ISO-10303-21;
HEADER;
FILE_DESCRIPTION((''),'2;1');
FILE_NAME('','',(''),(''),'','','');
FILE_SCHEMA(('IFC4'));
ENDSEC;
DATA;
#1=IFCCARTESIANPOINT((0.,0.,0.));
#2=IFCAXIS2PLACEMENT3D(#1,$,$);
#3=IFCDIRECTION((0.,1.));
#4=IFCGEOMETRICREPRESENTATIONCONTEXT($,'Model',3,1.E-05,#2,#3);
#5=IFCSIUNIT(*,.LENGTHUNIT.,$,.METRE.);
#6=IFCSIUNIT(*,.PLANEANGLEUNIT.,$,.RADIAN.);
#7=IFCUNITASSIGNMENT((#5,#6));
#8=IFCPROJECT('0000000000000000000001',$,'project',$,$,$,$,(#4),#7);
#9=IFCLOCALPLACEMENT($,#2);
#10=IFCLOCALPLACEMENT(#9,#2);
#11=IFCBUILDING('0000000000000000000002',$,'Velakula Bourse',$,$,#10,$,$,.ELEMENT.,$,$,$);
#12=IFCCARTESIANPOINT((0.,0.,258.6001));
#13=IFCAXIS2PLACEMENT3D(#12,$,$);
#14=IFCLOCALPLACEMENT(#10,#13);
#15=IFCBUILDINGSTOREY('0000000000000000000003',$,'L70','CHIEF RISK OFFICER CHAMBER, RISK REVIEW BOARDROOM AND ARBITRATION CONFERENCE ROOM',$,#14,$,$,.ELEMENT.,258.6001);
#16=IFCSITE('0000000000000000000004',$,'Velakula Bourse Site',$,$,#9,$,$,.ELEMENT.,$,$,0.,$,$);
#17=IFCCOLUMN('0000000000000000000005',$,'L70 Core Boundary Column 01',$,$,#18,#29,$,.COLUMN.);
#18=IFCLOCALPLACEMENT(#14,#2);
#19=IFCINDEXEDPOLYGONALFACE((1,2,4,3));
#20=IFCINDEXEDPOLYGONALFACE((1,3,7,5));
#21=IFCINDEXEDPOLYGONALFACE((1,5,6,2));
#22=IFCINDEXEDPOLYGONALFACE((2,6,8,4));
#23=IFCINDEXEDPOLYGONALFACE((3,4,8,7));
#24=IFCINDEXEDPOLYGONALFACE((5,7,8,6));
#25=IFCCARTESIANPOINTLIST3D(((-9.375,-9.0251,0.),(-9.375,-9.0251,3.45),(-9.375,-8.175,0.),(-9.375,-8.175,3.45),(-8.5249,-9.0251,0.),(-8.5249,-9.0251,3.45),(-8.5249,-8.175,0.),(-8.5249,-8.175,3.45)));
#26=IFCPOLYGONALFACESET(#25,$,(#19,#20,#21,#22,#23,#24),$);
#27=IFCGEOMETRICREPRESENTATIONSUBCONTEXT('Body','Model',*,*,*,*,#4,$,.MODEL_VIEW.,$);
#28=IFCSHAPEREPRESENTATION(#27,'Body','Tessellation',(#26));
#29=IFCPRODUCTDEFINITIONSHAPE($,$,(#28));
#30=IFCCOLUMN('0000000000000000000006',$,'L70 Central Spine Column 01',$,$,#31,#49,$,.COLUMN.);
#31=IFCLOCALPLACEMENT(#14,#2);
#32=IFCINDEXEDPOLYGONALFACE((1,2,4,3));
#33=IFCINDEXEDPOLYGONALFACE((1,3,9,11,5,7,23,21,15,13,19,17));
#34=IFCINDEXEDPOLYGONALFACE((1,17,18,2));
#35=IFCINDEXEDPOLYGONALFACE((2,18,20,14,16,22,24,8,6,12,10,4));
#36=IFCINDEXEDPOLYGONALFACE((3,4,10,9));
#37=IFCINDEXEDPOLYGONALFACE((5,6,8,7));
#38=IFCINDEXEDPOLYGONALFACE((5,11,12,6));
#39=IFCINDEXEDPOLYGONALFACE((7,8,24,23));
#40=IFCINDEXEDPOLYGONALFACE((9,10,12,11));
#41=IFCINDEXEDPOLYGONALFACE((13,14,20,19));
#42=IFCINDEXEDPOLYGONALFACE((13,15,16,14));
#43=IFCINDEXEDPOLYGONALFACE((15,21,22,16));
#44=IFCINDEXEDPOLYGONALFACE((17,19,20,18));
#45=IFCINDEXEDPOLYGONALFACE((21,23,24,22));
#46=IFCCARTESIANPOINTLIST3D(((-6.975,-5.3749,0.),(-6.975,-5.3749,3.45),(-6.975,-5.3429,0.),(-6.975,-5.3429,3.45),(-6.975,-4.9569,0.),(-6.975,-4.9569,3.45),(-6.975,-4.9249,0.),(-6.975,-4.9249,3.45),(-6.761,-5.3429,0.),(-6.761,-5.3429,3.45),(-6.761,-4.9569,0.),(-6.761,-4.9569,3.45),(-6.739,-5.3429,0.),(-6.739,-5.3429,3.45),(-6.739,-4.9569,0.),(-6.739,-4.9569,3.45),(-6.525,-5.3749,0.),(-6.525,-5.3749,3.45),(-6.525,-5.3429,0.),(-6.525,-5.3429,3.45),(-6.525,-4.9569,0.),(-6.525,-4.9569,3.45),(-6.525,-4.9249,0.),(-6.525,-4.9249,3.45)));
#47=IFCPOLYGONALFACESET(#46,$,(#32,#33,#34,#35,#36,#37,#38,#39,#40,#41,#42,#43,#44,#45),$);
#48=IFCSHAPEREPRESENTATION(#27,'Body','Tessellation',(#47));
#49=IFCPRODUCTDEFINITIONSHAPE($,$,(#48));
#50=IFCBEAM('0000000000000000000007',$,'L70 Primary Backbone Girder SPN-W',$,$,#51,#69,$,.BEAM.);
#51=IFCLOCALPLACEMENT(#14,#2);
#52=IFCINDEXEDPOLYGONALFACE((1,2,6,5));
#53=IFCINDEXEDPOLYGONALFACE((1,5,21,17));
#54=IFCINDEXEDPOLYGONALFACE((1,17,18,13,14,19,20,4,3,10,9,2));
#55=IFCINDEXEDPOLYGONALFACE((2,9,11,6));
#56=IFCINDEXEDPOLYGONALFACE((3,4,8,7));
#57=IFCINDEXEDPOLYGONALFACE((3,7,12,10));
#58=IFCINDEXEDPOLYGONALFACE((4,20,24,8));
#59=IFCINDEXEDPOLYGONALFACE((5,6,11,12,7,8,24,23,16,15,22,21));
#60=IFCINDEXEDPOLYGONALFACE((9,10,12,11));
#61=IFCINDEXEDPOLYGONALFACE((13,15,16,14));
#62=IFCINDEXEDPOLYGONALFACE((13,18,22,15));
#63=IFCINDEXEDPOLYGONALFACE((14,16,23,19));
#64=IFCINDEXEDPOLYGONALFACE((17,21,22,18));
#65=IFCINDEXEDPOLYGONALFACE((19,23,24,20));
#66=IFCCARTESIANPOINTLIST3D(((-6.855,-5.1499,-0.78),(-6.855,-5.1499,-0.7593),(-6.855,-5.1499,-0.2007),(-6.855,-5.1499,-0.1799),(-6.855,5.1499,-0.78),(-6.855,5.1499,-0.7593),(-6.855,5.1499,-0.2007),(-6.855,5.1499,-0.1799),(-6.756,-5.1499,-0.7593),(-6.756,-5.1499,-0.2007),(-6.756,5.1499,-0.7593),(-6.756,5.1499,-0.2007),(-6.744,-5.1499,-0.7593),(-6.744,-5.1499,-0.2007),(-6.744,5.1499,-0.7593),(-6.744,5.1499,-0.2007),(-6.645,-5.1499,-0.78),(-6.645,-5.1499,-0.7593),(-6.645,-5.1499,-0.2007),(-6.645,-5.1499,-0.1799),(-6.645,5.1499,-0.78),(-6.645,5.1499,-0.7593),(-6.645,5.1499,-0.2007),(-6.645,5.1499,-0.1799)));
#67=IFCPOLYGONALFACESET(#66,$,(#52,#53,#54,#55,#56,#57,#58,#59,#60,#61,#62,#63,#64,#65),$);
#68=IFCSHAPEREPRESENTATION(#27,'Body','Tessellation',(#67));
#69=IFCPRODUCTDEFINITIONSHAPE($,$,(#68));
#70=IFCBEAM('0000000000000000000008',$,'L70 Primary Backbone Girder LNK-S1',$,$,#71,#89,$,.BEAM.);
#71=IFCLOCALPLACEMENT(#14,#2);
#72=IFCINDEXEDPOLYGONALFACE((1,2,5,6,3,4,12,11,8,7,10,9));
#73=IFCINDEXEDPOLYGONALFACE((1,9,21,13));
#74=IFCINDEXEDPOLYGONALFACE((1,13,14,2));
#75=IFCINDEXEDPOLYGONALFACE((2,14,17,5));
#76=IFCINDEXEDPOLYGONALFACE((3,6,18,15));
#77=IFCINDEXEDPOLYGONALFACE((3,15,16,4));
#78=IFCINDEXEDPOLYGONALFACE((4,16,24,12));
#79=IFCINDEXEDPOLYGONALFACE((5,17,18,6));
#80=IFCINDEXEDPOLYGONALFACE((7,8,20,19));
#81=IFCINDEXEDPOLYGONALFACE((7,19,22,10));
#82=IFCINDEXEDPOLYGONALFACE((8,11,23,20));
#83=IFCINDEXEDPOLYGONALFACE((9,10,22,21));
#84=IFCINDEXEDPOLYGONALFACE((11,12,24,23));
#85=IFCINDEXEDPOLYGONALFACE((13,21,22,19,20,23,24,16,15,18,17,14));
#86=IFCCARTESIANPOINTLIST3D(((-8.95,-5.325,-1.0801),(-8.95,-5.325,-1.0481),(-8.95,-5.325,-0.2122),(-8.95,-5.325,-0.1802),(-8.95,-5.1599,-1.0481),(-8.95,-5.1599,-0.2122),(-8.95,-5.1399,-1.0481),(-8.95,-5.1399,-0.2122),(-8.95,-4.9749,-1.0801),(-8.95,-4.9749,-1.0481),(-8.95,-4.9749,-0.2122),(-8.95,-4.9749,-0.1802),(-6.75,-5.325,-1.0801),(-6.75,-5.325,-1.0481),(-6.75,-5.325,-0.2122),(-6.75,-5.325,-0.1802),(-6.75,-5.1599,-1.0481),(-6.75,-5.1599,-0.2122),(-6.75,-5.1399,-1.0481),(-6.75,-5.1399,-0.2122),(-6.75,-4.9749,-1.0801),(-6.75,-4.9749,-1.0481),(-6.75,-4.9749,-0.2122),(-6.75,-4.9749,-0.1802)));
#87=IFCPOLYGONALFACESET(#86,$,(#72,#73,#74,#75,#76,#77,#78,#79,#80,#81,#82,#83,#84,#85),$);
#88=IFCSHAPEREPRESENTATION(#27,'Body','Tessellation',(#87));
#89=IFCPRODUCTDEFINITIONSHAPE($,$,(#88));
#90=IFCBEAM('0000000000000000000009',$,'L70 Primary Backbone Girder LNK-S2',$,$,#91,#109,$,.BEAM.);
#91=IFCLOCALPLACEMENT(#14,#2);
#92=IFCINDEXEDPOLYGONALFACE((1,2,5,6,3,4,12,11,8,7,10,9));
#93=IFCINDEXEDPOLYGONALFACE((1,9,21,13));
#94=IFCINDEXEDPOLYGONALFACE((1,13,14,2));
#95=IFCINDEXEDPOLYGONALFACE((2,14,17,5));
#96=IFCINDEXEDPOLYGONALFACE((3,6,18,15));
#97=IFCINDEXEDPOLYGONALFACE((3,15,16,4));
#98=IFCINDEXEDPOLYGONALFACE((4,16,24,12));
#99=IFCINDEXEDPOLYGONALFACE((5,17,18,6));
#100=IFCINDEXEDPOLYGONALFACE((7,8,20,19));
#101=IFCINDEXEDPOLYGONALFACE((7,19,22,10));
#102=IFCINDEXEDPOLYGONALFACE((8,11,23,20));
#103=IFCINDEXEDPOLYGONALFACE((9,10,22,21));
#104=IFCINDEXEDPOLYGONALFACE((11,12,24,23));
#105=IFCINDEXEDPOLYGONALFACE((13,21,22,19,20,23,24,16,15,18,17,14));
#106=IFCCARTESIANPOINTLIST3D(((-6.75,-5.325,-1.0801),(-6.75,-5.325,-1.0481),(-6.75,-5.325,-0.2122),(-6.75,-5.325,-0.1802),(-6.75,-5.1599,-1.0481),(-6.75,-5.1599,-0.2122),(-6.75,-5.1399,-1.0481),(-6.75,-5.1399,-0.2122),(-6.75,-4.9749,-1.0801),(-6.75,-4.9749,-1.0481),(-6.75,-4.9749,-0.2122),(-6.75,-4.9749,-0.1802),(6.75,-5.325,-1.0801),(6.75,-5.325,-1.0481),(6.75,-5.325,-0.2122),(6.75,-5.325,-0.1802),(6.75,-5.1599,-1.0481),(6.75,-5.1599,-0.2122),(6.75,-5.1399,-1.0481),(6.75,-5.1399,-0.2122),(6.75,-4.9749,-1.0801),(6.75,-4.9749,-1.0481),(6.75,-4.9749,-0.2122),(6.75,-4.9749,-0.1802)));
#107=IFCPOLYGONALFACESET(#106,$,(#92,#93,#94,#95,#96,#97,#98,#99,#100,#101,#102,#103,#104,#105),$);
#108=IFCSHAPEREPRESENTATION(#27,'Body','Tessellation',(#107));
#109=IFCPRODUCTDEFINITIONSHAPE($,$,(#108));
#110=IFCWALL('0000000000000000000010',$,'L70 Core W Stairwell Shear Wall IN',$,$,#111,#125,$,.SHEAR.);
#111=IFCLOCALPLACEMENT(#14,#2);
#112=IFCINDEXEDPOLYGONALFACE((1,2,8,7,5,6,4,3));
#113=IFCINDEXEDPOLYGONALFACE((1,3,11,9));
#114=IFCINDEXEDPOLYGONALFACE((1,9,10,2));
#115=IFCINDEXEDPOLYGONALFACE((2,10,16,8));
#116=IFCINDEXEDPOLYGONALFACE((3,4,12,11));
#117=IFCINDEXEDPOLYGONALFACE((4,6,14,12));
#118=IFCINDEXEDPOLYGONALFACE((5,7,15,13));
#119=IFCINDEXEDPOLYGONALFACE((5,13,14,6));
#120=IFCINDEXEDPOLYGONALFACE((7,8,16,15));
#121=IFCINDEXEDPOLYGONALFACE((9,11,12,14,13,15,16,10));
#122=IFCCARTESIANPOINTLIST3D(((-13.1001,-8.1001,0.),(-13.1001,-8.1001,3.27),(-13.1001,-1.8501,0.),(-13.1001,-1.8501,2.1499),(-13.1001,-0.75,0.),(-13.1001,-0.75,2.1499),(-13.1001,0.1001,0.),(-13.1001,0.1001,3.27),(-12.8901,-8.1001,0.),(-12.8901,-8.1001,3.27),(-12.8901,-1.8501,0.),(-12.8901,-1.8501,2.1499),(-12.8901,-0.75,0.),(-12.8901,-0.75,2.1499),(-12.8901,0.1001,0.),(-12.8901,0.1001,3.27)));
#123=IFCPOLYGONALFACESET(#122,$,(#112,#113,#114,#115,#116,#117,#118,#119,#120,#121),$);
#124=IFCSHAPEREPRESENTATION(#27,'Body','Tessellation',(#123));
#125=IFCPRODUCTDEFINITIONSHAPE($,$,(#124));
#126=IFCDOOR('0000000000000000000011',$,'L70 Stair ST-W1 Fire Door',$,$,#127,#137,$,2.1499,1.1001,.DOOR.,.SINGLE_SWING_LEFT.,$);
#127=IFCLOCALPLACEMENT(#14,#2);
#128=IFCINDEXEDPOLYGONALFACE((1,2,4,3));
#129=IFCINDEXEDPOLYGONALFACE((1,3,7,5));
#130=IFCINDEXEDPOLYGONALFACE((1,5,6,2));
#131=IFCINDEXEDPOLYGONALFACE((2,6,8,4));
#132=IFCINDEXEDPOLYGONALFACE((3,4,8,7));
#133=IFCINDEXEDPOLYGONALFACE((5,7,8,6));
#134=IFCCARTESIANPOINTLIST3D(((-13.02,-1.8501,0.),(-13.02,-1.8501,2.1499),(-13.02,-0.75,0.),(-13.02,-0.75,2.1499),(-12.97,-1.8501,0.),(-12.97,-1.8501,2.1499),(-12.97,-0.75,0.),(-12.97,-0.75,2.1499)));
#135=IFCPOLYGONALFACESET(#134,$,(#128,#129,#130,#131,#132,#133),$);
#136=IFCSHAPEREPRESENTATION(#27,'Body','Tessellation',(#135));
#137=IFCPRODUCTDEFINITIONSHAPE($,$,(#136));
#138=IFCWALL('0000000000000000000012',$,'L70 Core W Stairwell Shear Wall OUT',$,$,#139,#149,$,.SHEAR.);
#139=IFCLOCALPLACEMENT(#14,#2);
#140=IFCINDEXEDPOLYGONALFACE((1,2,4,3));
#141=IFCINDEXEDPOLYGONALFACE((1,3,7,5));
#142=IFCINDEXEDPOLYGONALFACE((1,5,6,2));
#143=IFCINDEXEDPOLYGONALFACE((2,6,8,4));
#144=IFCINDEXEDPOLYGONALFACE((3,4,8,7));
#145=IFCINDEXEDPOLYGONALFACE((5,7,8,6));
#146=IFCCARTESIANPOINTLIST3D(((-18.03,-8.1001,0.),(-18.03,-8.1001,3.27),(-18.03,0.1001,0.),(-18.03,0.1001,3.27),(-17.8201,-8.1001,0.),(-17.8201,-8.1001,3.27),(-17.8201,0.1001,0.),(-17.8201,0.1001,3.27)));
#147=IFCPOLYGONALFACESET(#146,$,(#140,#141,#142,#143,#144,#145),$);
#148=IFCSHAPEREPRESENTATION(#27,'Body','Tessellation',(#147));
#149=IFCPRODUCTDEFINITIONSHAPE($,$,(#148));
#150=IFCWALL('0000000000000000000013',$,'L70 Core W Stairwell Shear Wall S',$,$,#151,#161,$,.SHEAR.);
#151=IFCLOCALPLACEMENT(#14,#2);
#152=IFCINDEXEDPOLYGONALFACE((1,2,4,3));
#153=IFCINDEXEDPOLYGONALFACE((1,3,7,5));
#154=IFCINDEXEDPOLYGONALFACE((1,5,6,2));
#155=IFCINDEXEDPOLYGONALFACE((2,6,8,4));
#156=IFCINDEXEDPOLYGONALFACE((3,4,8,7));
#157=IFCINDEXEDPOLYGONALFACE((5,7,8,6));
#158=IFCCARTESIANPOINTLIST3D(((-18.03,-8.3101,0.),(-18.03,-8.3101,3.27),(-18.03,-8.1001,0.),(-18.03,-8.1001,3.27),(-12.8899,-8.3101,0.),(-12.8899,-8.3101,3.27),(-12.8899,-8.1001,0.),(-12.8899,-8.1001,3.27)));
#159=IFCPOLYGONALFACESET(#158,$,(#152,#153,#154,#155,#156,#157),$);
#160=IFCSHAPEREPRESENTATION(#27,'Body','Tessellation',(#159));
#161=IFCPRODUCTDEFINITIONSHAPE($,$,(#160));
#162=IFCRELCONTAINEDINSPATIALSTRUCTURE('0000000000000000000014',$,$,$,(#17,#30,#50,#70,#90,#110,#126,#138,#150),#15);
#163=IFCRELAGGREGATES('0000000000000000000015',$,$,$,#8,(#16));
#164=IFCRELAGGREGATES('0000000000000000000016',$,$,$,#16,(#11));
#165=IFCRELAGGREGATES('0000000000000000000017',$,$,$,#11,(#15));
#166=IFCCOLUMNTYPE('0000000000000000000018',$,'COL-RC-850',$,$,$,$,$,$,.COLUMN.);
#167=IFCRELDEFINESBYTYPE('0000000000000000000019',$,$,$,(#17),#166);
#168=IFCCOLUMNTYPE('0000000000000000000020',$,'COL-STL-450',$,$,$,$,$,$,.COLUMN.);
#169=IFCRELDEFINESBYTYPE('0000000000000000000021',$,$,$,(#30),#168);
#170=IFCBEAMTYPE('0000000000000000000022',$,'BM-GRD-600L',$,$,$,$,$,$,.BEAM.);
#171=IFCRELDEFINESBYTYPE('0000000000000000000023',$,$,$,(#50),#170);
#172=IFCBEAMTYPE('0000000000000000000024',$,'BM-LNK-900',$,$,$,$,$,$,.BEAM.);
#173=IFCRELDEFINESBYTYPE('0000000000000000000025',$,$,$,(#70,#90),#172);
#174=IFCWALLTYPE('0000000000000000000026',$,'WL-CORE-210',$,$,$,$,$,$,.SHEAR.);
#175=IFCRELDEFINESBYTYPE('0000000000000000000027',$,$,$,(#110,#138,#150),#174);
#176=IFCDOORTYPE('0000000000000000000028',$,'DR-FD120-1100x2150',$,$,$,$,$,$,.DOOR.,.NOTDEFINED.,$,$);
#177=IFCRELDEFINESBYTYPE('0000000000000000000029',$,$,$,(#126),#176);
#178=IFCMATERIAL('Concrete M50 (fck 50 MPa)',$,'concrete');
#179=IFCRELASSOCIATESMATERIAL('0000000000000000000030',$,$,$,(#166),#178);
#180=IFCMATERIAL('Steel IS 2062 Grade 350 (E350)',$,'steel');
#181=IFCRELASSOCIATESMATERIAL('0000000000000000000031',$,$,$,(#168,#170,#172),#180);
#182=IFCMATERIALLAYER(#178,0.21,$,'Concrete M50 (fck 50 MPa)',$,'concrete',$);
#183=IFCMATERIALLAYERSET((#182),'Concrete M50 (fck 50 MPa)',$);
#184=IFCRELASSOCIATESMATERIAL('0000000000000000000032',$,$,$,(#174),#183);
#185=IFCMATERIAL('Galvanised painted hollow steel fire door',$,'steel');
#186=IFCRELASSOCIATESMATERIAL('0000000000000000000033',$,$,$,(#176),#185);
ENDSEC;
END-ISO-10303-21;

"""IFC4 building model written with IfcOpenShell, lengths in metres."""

from ifc_helpers import new_model, si_unit, direction, frame, frame_2d, origin, origin_2d, place, context, subcontext, project, spatial, rectangle, i_section, extrude, material, layer, layer_set, material_profile, profile_set, type_object, element, fill, save


model = new_model("IFC4")

# Units and contexts
model_context = context("Model", 3, precision=1e-05, world=origin(), true_north=direction((0.0, 1.0)))
body_context = subcontext(model_context, "Body", "Model", "MODEL_VIEW")
ifc_project = project(units=[si_unit("LENGTHUNIT", "METRE"), si_unit("PLANEANGLEUNIT", "RADIAN")], contexts=[model_context])

# Site, building, storey
site_placement = place(None, origin())
site = spatial("IfcSite", under=ifc_project, at=site_placement, Name="Velakula Bourse Site", CompositionType="ELEMENT", RefElevation=0.0)
building_placement = place(site_placement, origin())
building = spatial("IfcBuilding", under=site, at=building_placement, Name="Velakula Bourse", CompositionType="ELEMENT")
storey_placement = place(building_placement, frame((0.0, 0.0, 258.6001)))
storey = spatial("IfcBuildingStorey", under=building, at=storey_placement, Name="L70", Description="CHIEF RISK OFFICER CHAMBER, RISK REVIEW BOARDROOM AND ARBITRATION CONFERENCE ROOM", CompositionType="ELEMENT", Elevation=258.6001)

# Columns
ifc_material_1 = material(Name="Concrete M50 (fck 50 MPa)", Category="concrete")
ifc_material_profile_1 = material_profile(ifc_material_1, rectangle(XDim=0.8501, YDim=0.8501, at=origin_2d()), Name="Concrete M50 (fck 50 MPa)")
ifc_profile_set_1 = profile_set([ifc_material_profile_1], Name="Concrete M50 (fck 50 MPa)")
column_type_1 = type_object("IfcColumnType", Name="COL-RC-850", PredefinedType="COLUMN", material=ifc_profile_set_1)
column_1_placement = place(storey_placement, frame((-8.95, -8.6001, 0.0), z_axis=(0.0, 0.0, 1.0), x_axis=(1.0, 0.0, 0.0)))
element("IfcColumn", 1, at=column_1_placement, inside=storey, type_object=column_type_1, Name="L70 Core Boundary Column 01", PredefinedType="COLUMN", context=body_context, shape_type="SweptSolid", body=[
    extrude(rectangle(XDim=0.8501, YDim=0.8501, at=origin_2d()), origin(), (0.0, 0.0, 1.0), 3.45),
])
ifc_material_2 = material(Name="Steel IS 2062 Grade 350 (E350)", Category="steel")
ifc_material_profile_2 = material_profile(ifc_material_2, i_section(OverallWidth=0.45, OverallDepth=0.45, WebThickness=0.022, FlangeThickness=0.032, at=origin_2d()), Name="Steel IS 2062 Grade 350 (E350)")
ifc_profile_set_2 = profile_set([ifc_material_profile_2], Name="Steel IS 2062 Grade 350 (E350)")
column_type_2 = type_object("IfcColumnType", Name="COL-STL-450", PredefinedType="COLUMN", material=ifc_profile_set_2)
column_2_placement = place(storey_placement, frame((-6.75, -5.1499, 0.0), z_axis=(0.0, 0.0, 1.0), x_axis=(1.0, 0.0, 0.0)))
element("IfcColumn", 2, at=column_2_placement, inside=storey, type_object=column_type_2, Name="L70 Central Spine Column 01", PredefinedType="COLUMN", context=body_context, shape_type="SweptSolid", body=[
    extrude(i_section(OverallWidth=0.45, OverallDepth=0.45, WebThickness=0.022, FlangeThickness=0.032, at=origin_2d()), origin(), (0.0, 0.0, 1.0), 3.45),
])

# Beams
ifc_material_profile_3 = material_profile(ifc_material_2, i_section(OverallWidth=0.21, OverallDepth=0.6001, WebThickness=0.012, FlangeThickness=0.0208, at=origin_2d()), Name="Steel IS 2062 Grade 350 (E350)")
ifc_profile_set_3 = profile_set([ifc_material_profile_3], Name="Steel IS 2062 Grade 350 (E350)")
beam_type_1 = type_object("IfcBeamType", Name="BM-GRD-600L", PredefinedType="BEAM", material=ifc_profile_set_3)
beam_1_placement = place(storey_placement, frame((-6.75, -5.1499, -0.48), z_axis=(0.0, 1.0, 0.0), x_axis=(-1.0, 0.0, 0.0)))
element("IfcBeam", 3, at=beam_1_placement, inside=storey, type_object=beam_type_1, Name="L70 Primary Backbone Girder SPN-W", PredefinedType="BEAM", context=body_context, shape_type="SweptSolid", body=[
    extrude(i_section(OverallWidth=0.21, OverallDepth=0.6001, WebThickness=0.012, FlangeThickness=0.0208, at=origin_2d()), origin(), (0.0, 0.0, 1.0), 10.2998),
])
ifc_material_profile_4 = material_profile(ifc_material_2, i_section(OverallWidth=0.3501, OverallDepth=0.8999, WebThickness=0.02, FlangeThickness=0.032, at=origin_2d()), Name="Steel IS 2062 Grade 350 (E350)")
ifc_profile_set_4 = profile_set([ifc_material_profile_4], Name="Steel IS 2062 Grade 350 (E350)")
beam_type_2 = type_object("IfcBeamType", Name="BM-LNK-900", PredefinedType="BEAM", material=ifc_profile_set_4)
beam_2_placement = place(storey_placement, frame((-8.95, -5.1499, -0.6301), z_axis=(1.0, 0.0, 0.0), x_axis=(0.0, 1.0, 0.0)))
element("IfcBeam", 4, at=beam_2_placement, inside=storey, type_object=beam_type_2, Name="L70 Primary Backbone Girder LNK-S1", PredefinedType="BEAM", context=body_context, shape_type="SweptSolid", body=[
    extrude(i_section(OverallWidth=0.3501, OverallDepth=0.8999, WebThickness=0.02, FlangeThickness=0.032, at=origin_2d()), origin(), (0.0, 0.0, 1.0), 2.2),
])
beam_3_placement = place(storey_placement, frame((-6.75, -5.1499, -0.6301), z_axis=(1.0, 0.0, 0.0), x_axis=(0.0, 1.0, 0.0)))
element("IfcBeam", 5, at=beam_3_placement, inside=storey, type_object=beam_type_2, Name="L70 Primary Backbone Girder LNK-S2", PredefinedType="BEAM", context=body_context, shape_type="SweptSolid", body=[
    extrude(i_section(OverallWidth=0.3501, OverallDepth=0.8999, WebThickness=0.02, FlangeThickness=0.032, at=origin_2d()), origin(), (0.0, 0.0, 1.0), 13.5),
])

# Wall, opening, door
ifc_layer_1 = layer(ifc_material_1, 0.21, Name="Concrete M50 (fck 50 MPa)", Category="concrete")
ifc_layer_set_1 = layer_set([ifc_layer_1], Name="Concrete M50 (fck 50 MPa)")
wall_type_1 = type_object("IfcWallType", Name="WL-CORE-210", PredefinedType="SHEAR", material=ifc_layer_set_1)
wall_1_placement = place(storey_placement, frame((-12.9951, -8.1001, 0.0), z_axis=(0.0, 0.0, 1.0), x_axis=(0.0, 1.0, 0.0)))
wall_1 = element("IfcWall", 6, at=wall_1_placement, inside=storey, type_object=wall_type_1, Name="L70 Core W Stairwell Shear Wall IN", PredefinedType="SHEAR", context=body_context, shape_type="SweptSolid", body=[
    extrude(rectangle(XDim=8.2002, YDim=0.21, at=frame_2d((4.1001, 0.0))), origin(), (0.0, 0.0, 1.0), 3.27),
])
opening_1_placement = place(wall_1_placement, frame((6.25, 0.0, 0.0)))
opening_1 = element("IfcOpeningElement", 7, at=opening_1_placement, cuts=wall_1, PredefinedType="OPENING", context=body_context, shape_type="SweptSolid", body=[
    extrude(rectangle(XDim=1.1001, YDim=2.1499, at=frame_2d((0.55, 1.075))), frame((0.0, 0.115, 0.0), z_axis=(0.0, -1.0, 0.0), x_axis=(1.0, 0.0, 0.0)), (0.0, 0.0, 1.0), 0.23),
])
ifc_material_3 = material(Name="Galvanised painted hollow steel fire door", Category="steel")
door_type_1 = type_object("IfcDoorType", Name="DR-FD120-1100x2150", OperationType="NOTDEFINED", PredefinedType="DOOR", material=ifc_material_3)
door_1_placement = place(opening_1_placement, origin())
door_1 = element("IfcDoor", 8, at=door_1_placement, inside=storey, type_object=door_type_1, Name="L70 Stair ST-W1 Fire Door", OperationType="SINGLE_SWING_LEFT", OverallHeight=2.1499, OverallWidth=1.1001, PredefinedType="DOOR", context=body_context, shape_type="SweptSolid", body=[
    extrude(rectangle(XDim=1.1001, YDim=2.1499, at=frame_2d((0.55, 1.075))), frame((0.0, 0.0249, 0.0), z_axis=(0.0, -1.0, 0.0), x_axis=(1.0, 0.0, 0.0)), (0.0, 0.0, 1.0), 0.05),
])
fill(opening_1, door_1)

# Walls
wall_2_placement = place(storey_placement, frame((-17.925, -8.1001, 0.0), z_axis=(0.0, 0.0, 1.0), x_axis=(0.0, 1.0, 0.0)))
element("IfcWall", 9, at=wall_2_placement, inside=storey, type_object=wall_type_1, Name="L70 Core W Stairwell Shear Wall OUT", PredefinedType="SHEAR", context=body_context, shape_type="SweptSolid", body=[
    extrude(rectangle(XDim=8.2002, YDim=0.21, at=frame_2d((4.1001, 0.0))), origin(), (0.0, 0.0, 1.0), 3.27),
])
wall_3_placement = place(storey_placement, frame((-18.03, -8.2051, 0.0), z_axis=(0.0, 0.0, 1.0), x_axis=(1.0, 0.0, 0.0)))
element("IfcWall", 10, at=wall_3_placement, inside=storey, type_object=wall_type_1, Name="L70 Core W Stairwell Shear Wall S", PredefinedType="SHEAR", context=body_context, shape_type="SweptSolid", body=[
    extrude(rectangle(XDim=5.1401, YDim=0.21, at=frame_2d((2.5701, 0.0))), origin(), (0.0, 0.0, 1.0), 3.27),
])

save(model, "model.ifc")
